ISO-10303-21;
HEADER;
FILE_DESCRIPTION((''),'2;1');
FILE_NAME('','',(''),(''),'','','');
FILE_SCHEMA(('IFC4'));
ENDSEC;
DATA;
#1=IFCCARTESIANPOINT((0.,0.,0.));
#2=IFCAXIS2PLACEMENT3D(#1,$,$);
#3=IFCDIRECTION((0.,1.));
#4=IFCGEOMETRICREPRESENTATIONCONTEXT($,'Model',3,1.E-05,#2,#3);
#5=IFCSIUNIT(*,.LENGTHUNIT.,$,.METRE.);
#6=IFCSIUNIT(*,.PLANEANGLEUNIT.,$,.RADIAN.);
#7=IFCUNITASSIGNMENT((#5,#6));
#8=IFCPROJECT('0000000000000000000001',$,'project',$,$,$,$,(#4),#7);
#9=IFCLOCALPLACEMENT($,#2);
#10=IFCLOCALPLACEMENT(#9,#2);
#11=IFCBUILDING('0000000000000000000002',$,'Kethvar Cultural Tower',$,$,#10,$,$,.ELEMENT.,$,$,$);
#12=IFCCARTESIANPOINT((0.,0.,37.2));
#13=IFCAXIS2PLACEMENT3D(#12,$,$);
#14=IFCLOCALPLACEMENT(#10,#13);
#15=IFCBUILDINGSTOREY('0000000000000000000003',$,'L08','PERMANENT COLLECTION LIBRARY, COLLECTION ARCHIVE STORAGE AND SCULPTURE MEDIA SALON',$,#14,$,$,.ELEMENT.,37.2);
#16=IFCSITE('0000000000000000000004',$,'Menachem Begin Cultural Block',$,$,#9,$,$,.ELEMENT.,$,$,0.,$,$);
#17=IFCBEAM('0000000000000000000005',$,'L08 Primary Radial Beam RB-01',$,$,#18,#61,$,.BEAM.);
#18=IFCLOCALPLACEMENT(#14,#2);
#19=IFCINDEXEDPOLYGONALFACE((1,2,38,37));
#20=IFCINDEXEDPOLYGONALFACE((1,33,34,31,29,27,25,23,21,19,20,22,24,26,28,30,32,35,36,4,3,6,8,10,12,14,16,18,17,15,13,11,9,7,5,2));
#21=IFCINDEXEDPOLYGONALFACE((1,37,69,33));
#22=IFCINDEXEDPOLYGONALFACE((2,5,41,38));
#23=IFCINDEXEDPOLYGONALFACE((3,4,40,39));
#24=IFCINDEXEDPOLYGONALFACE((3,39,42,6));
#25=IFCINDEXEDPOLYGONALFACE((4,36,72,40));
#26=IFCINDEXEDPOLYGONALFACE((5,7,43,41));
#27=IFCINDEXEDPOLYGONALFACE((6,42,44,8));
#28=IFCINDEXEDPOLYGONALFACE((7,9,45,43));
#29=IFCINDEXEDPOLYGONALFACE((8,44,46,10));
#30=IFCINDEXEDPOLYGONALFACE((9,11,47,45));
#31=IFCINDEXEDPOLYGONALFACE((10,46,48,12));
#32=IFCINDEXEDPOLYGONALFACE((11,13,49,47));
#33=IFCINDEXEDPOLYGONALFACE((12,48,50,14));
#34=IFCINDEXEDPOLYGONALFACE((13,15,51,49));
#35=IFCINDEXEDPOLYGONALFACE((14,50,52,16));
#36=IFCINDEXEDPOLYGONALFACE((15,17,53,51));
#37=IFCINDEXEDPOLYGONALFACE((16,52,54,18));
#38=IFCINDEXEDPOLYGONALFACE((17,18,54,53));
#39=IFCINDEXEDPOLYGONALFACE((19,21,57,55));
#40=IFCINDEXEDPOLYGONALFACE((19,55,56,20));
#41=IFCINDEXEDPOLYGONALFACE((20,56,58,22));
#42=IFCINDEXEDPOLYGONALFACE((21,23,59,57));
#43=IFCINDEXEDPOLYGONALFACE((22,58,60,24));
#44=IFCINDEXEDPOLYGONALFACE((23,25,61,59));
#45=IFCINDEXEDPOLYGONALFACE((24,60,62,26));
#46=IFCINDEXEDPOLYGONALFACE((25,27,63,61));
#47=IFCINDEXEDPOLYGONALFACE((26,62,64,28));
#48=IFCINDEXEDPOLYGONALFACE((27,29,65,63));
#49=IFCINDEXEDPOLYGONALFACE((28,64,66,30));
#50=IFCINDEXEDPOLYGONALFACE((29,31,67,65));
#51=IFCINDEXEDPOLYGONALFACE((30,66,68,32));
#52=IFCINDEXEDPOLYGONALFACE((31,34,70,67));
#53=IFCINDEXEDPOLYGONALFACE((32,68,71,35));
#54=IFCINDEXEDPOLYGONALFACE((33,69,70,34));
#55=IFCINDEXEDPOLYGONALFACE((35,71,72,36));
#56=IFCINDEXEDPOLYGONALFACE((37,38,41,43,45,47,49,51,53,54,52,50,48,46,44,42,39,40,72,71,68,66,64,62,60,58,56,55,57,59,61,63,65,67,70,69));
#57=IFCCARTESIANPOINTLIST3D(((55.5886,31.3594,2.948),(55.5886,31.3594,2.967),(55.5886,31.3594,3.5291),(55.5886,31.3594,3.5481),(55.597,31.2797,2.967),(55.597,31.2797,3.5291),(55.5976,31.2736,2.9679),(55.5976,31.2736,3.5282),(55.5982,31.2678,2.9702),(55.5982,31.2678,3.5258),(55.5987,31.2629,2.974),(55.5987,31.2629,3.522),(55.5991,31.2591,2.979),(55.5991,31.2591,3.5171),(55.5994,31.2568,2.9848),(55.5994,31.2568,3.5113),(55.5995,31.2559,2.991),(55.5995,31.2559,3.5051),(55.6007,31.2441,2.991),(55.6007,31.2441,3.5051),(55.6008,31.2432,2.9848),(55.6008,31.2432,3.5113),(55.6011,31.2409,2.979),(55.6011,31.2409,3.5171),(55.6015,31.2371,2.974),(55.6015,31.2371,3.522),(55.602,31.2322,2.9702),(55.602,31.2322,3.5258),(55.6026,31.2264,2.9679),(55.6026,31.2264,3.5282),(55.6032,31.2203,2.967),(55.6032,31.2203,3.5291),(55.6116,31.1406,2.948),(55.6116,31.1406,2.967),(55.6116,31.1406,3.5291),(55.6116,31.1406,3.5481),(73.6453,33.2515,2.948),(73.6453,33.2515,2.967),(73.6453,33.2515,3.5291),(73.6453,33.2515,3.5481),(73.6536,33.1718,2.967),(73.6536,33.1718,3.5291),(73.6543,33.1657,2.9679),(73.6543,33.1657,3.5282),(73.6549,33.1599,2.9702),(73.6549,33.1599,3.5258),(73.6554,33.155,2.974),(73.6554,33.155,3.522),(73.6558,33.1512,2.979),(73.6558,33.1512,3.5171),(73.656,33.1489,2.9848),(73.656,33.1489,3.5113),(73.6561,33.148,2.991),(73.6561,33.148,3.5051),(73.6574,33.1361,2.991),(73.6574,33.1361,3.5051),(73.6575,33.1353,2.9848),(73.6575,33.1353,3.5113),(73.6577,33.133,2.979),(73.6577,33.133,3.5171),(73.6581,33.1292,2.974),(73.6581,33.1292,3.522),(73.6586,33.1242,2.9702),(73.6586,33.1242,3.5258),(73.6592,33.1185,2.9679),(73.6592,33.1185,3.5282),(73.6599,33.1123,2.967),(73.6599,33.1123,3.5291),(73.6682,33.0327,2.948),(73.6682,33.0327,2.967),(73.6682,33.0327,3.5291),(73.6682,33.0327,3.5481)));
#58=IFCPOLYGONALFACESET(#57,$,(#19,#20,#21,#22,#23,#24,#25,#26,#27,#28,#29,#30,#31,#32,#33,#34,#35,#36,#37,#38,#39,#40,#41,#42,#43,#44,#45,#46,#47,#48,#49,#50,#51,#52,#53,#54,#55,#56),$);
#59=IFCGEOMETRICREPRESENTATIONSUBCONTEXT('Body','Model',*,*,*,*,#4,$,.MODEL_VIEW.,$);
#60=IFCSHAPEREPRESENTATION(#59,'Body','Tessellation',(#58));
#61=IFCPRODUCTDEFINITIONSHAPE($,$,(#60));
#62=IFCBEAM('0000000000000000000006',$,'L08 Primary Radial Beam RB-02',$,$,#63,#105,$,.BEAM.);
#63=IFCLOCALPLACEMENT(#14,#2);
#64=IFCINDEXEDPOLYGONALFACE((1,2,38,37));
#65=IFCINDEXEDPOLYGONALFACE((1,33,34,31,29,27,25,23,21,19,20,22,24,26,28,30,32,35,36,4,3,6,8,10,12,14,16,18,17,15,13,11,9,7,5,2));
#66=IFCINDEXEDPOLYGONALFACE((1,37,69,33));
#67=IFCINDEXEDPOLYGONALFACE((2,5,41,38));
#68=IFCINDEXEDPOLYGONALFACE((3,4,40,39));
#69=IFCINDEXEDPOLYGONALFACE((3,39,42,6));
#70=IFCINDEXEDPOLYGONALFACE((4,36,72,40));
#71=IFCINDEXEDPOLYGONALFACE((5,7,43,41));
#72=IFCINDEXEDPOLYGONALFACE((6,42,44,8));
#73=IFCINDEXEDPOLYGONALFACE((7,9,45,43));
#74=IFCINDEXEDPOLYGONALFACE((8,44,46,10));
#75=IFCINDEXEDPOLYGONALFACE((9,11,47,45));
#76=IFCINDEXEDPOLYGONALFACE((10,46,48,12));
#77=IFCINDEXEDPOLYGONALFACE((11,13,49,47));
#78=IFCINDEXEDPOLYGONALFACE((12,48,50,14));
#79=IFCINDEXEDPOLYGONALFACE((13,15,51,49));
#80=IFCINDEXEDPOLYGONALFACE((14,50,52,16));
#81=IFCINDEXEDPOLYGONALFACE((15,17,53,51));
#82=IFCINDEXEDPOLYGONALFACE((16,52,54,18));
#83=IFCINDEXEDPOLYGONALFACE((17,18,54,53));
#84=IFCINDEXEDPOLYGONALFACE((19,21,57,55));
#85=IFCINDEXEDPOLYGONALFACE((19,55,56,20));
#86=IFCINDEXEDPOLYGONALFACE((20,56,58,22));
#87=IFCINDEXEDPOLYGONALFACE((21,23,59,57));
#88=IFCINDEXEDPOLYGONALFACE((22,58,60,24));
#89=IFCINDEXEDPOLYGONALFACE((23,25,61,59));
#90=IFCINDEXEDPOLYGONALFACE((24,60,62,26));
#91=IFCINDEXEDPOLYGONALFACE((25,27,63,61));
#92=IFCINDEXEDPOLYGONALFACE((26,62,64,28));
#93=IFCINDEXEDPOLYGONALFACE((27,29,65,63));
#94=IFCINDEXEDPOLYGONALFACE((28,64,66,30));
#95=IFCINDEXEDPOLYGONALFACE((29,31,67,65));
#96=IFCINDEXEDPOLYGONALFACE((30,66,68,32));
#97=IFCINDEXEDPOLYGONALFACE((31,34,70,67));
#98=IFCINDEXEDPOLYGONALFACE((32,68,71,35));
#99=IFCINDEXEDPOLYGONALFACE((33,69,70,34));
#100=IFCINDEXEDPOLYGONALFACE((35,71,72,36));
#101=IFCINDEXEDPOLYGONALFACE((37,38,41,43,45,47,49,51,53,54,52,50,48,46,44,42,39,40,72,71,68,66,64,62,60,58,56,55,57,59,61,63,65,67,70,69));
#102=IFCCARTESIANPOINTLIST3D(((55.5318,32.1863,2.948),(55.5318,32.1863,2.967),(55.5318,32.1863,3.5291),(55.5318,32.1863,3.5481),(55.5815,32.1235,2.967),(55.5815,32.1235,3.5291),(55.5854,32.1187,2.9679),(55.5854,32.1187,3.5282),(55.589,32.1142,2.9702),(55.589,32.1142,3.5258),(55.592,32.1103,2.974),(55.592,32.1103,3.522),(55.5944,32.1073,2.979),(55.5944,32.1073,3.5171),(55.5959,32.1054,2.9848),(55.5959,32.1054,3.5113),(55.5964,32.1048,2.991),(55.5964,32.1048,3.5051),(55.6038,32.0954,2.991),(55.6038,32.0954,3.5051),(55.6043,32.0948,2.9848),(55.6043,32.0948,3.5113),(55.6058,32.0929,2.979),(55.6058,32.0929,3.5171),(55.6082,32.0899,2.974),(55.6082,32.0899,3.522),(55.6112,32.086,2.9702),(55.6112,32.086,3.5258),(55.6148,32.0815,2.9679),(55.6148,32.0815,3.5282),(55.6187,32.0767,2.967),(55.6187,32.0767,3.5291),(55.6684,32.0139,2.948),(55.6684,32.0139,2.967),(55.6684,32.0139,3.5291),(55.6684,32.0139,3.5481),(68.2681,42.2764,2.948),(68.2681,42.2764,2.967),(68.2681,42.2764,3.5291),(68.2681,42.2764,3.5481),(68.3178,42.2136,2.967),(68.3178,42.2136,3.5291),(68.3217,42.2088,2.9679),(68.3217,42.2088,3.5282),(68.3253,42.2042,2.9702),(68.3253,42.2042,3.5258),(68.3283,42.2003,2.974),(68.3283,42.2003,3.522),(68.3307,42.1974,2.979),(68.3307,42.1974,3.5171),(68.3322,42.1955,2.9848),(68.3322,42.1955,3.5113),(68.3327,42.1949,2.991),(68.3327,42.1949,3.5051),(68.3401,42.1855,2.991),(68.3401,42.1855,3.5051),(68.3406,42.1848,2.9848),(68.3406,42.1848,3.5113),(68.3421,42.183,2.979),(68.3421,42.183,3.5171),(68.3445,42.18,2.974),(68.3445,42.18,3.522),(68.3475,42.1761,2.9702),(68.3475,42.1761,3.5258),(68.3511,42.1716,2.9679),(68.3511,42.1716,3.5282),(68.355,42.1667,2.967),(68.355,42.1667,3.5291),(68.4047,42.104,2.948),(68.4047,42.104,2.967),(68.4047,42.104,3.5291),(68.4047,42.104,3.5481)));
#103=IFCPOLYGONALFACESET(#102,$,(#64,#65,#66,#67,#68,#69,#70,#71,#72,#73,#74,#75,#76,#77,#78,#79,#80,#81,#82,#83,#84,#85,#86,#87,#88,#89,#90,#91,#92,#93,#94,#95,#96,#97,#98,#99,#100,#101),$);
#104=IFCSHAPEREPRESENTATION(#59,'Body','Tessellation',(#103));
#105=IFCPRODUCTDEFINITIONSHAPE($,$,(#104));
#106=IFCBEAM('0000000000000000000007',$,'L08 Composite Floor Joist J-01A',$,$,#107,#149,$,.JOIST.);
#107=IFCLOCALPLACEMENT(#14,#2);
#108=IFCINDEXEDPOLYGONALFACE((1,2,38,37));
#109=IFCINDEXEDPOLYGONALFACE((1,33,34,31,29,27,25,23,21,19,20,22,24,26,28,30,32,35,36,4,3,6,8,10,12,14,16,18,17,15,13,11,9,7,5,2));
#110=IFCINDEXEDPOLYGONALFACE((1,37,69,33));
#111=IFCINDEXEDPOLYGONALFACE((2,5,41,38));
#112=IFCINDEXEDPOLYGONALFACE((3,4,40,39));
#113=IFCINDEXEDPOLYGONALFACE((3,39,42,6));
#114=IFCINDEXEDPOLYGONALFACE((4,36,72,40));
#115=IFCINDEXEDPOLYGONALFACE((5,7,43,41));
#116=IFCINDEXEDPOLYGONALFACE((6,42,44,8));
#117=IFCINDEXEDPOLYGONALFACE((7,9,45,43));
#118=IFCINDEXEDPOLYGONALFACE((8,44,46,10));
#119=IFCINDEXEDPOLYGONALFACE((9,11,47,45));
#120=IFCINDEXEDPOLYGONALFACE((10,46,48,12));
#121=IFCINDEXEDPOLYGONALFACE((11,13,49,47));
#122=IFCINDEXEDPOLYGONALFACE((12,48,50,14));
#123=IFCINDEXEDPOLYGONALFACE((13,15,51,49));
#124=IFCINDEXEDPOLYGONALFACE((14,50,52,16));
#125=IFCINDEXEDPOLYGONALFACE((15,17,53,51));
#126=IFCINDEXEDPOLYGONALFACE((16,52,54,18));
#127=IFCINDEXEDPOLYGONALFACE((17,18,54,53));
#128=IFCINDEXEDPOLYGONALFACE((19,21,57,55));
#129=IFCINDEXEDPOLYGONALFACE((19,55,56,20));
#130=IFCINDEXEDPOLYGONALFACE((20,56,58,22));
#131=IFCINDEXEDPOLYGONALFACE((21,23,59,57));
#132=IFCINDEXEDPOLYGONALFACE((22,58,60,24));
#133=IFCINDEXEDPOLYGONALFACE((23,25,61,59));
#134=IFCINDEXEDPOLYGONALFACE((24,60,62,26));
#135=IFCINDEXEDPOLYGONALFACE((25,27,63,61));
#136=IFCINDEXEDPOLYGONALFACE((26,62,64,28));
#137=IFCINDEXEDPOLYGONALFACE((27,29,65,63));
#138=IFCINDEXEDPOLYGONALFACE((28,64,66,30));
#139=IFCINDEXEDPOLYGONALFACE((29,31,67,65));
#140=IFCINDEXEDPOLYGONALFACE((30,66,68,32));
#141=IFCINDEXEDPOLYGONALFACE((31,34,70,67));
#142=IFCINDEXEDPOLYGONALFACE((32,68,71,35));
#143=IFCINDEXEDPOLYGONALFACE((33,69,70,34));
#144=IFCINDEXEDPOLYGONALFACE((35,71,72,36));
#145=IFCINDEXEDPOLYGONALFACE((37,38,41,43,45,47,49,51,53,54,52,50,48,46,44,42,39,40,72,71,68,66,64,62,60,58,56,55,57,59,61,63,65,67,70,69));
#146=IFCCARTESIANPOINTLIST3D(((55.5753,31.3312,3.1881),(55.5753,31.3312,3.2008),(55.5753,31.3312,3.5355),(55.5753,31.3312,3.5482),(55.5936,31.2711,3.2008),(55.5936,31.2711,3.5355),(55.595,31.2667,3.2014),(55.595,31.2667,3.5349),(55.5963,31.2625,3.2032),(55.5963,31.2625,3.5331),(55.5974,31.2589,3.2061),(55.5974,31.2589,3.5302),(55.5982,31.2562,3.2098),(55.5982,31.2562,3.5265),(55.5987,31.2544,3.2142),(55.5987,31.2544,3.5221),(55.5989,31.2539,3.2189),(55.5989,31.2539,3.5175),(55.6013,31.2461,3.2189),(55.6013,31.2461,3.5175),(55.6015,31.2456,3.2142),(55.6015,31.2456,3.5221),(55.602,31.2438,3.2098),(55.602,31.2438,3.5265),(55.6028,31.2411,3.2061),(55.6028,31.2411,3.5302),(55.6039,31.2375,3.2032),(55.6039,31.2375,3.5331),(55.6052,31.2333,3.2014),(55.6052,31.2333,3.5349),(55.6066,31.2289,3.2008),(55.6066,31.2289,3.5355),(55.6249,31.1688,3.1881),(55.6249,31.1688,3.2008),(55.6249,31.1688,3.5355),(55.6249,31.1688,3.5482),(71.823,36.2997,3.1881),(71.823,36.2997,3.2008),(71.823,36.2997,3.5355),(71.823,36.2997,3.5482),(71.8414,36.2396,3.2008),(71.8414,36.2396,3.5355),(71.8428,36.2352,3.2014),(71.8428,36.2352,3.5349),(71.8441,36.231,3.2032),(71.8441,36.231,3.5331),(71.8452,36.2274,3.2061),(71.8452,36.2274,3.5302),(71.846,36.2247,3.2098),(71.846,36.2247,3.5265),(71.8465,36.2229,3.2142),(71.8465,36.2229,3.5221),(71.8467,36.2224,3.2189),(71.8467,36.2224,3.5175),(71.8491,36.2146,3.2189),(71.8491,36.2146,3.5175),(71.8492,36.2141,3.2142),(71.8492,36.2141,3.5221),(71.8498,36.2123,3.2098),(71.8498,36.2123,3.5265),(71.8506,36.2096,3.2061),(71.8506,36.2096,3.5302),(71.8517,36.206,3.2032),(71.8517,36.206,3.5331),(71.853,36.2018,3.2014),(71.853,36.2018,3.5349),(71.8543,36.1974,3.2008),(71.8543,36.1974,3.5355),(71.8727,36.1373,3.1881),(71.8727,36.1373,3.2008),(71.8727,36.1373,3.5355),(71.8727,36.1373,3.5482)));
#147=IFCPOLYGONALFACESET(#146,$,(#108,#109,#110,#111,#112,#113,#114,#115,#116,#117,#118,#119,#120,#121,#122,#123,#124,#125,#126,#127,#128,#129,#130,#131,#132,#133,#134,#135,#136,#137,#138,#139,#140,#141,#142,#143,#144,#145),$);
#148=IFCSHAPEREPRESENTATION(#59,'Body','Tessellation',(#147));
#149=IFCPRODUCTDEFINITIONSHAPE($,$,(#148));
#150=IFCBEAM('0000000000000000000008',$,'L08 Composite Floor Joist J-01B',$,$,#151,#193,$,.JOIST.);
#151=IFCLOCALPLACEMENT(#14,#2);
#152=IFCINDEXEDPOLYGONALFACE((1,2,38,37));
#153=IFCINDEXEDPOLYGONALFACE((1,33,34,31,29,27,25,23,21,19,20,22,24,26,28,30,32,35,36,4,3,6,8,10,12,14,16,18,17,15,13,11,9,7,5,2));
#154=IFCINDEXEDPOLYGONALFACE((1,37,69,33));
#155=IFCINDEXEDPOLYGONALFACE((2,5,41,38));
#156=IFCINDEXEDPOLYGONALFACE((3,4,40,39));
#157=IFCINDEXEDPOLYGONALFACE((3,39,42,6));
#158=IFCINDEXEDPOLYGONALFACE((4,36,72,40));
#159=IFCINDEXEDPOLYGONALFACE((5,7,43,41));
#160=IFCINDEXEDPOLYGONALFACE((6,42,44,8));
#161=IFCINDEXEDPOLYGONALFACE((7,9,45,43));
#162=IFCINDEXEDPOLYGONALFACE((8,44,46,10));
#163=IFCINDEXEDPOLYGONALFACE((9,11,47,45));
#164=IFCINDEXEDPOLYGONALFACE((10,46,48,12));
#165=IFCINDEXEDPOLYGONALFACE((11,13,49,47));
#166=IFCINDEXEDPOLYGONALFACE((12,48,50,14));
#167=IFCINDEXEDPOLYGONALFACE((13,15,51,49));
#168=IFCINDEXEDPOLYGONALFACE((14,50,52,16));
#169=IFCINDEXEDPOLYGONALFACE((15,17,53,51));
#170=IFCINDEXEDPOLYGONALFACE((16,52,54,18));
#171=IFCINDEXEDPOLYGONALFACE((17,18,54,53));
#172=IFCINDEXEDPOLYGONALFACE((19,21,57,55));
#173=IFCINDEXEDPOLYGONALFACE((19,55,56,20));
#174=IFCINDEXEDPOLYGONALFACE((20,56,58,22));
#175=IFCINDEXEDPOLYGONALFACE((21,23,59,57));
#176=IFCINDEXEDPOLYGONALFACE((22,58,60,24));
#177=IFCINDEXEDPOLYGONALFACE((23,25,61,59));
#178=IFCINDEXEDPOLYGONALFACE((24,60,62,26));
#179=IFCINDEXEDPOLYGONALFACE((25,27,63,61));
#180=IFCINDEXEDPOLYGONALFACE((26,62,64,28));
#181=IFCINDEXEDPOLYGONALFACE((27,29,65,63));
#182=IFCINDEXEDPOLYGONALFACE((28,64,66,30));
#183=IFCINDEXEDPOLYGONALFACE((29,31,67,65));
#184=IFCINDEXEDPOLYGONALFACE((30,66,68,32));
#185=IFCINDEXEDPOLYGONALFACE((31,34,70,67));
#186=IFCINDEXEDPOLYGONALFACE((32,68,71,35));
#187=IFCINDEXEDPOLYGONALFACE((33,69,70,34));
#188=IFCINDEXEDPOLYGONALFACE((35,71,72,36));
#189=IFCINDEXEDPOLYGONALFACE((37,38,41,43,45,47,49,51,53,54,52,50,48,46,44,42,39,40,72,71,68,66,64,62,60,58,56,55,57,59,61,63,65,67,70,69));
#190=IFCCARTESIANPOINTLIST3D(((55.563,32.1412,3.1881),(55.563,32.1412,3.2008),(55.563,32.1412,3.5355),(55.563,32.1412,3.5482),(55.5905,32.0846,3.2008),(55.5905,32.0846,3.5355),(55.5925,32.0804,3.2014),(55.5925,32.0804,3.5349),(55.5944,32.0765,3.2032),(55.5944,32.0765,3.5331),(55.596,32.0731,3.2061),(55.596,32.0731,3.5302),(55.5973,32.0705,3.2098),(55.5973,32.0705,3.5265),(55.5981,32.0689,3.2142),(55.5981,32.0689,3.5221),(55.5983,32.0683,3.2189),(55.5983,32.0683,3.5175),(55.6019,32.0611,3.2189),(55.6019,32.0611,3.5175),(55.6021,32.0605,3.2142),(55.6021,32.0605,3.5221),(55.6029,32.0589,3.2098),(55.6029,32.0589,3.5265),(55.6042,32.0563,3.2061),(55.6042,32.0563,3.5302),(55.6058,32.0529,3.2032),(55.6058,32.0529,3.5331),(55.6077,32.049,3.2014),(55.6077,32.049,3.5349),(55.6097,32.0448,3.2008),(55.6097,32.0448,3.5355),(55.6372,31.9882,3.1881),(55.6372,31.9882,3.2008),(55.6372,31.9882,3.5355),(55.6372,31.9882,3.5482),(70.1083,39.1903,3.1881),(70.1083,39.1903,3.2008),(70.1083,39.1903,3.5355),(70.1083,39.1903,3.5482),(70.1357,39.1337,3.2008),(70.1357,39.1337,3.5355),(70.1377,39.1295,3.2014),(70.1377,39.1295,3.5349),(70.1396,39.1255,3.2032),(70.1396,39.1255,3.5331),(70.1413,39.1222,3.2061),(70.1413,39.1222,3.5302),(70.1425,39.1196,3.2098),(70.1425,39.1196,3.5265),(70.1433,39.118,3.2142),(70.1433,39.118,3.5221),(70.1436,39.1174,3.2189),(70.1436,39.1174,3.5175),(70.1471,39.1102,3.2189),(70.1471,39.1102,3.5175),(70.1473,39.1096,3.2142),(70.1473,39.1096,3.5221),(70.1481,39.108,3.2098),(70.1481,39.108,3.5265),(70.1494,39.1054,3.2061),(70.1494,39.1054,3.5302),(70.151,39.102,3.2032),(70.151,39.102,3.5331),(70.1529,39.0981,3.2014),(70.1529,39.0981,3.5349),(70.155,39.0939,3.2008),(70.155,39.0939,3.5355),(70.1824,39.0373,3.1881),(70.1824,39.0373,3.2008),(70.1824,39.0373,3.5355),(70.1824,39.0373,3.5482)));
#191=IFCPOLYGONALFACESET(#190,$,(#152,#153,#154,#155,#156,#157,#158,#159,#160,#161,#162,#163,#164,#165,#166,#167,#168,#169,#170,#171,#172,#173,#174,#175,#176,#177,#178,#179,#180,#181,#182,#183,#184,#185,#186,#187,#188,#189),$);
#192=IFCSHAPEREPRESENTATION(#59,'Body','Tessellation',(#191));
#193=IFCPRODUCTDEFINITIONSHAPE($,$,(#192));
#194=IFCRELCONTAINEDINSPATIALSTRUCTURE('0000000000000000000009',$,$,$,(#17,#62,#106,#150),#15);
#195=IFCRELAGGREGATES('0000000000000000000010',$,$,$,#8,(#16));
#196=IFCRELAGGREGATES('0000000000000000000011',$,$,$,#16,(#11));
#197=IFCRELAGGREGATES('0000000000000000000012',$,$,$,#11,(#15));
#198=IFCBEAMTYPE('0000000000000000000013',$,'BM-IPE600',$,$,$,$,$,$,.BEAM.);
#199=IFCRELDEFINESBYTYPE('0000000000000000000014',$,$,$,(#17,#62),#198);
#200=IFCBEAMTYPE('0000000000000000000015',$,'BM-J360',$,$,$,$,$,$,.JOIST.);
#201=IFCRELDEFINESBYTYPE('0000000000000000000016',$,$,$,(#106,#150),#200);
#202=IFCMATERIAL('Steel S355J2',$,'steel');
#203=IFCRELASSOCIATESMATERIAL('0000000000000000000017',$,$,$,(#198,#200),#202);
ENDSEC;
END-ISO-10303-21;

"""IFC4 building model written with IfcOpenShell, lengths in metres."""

from ifc_helpers import new_model, si_unit, direction, frame, origin, origin_2d, place, context, subcontext, project, spatial, i_section, extrude, source, transform, mapped, material, material_profile, profile_set, type_object, element, save


model = new_model("IFC4")

# Units and contexts
model_context = context("Model", 3, precision=1e-05, world=origin(), true_north=direction((0.0, 1.0)))
body_context = subcontext(model_context, "Body", "Model", "MODEL_VIEW")
ifc_project = project(units=[si_unit("LENGTHUNIT", "METRE"), si_unit("PLANEANGLEUNIT", "RADIAN")], contexts=[model_context])

# Site, building, storey
site_placement = place(None, origin())
site = spatial("IfcSite", under=ifc_project, at=site_placement, Name="Menachem Begin Cultural Block", CompositionType="ELEMENT", RefElevation=0.0)
building_placement = place(site_placement, origin())
building = spatial("IfcBuilding", under=site, at=building_placement, Name="Kethvar Cultural Tower", CompositionType="ELEMENT")
storey_placement = place(building_placement, frame((0.0, 0.0, 37.2)))
storey = spatial("IfcBuildingStorey", under=building, at=storey_placement, Name="L08", Description="PERMANENT COLLECTION LIBRARY, COLLECTION ARCHIVE STORAGE AND SCULPTURE MEDIA SALON", CompositionType="ELEMENT", Elevation=37.2)

# Beams
ifc_material_1 = material(Name="Steel S355J2", Category="steel")
ifc_material_profile_1 = material_profile(ifc_material_1, i_section(OverallWidth=0.22, OverallDepth=0.6001, WebThickness=0.012, FlangeThickness=0.019, FilletRadius=0.0239, at=origin_2d()), Name="Steel S355J2 — IPE600")
ifc_profile_set_1 = profile_set([ifc_material_profile_1], Name="Steel S355J2 — IPE600")
beam_type_1 = type_object("IfcBeamType", Name="BM-IPE600", PredefinedType="BEAM", material=ifc_profile_set_1)
shared_shape_1 = source(origin(), body_context, "Body", "SweptSolid", [
    extrude(i_section(OverallWidth=0.22, OverallDepth=0.6001, WebThickness=0.012, FlangeThickness=0.019, FilletRadius=0.0239, at=origin_2d()), origin(), (0.0, 0.0, 1.0), 18.1555),
])
beam_1_placement = place(storey_placement, frame((55.6001, 31.25, 3.248), z_axis=(0.994555, 0.104216, 0.0), x_axis=(-0.104216, 0.994555, 0.0)))
element("IfcBeam", 1, at=beam_1_placement, inside=storey, type_object=beam_type_1, Name="L08 Primary Radial Beam RB-01", PredefinedType="BEAM", context=body_context, shape_type="MappedRepresentation", body=[
    mapped(shared_shape_1, transform((0.0, 0.0, 0.0), scale=1.0)),
])
shared_shape_2 = source(origin(), body_context, "Body", "SweptSolid", [
    extrude(i_section(OverallWidth=0.22, OverallDepth=0.6001, WebThickness=0.012, FlangeThickness=0.019, FilletRadius=0.0239, at=origin_2d()), origin(), (0.0, 0.0, 1.0), 16.2488),
])
beam_2_placement = place(storey_placement, frame((55.6001, 32.1001, 3.248), z_axis=(0.783831, 0.620974, 0.0), x_axis=(-0.620974, 0.783831, 0.0)))
element("IfcBeam", 2, at=beam_2_placement, inside=storey, type_object=beam_type_1, Name="L08 Primary Radial Beam RB-02", PredefinedType="BEAM", context=body_context, shape_type="MappedRepresentation", body=[
    mapped(shared_shape_2, transform((0.0, 0.0, 0.0), scale=1.0)),
])
ifc_material_profile_2 = material_profile(ifc_material_1, i_section(OverallWidth=0.1699, OverallDepth=0.3601, WebThickness=0.0081, FlangeThickness=0.0127, FilletRadius=0.0181, at=origin_2d()), Name="Steel S355J2 — IPE360")
ifc_profile_set_2 = profile_set([ifc_material_profile_2], Name="Steel S355J2 — IPE360")
beam_type_2 = type_object("IfcBeamType", Name="BM-J360", PredefinedType="JOIST", material=ifc_profile_set_2)
shared_shape_3 = source(origin(), body_context, "Body", "SweptSolid", [
    extrude(i_section(OverallWidth=0.1699, OverallDepth=0.3601, WebThickness=0.0081, FlangeThickness=0.0127, FilletRadius=0.0181, at=origin_2d()), origin(), (0.0, 0.0, 1.0), 16.9905),
])
beam_3_placement = place(storey_placement, frame((55.6001, 31.25, 3.3682), z_axis=(0.956287, 0.292428, 0.0), x_axis=(-0.292428, 0.956287, 0.0)))
element("IfcBeam", 3, at=beam_3_placement, inside=storey, type_object=beam_type_2, Name="L08 Composite Floor Joist J-01A", PredefinedType="JOIST", context=body_context, shape_type="MappedRepresentation", body=[
    mapped(shared_shape_3, transform((0.0, 0.0, 0.0), scale=1.0)),
])
shared_shape_4 = source(origin(), body_context, "Body", "SweptSolid", [
    extrude(i_section(OverallWidth=0.1699, OverallDepth=0.3601, WebThickness=0.0081, FlangeThickness=0.0127, FilletRadius=0.0181, at=origin_2d()), origin(), (0.0, 0.0, 1.0), 16.1633),
])
beam_4_placement = place(storey_placement, frame((55.6001, 32.0647, 3.3682), z_axis=(0.89989, 0.436117, 0.0), x_axis=(-0.436117, 0.89989, 0.0)))
element("IfcBeam", 4, at=beam_4_placement, inside=storey, type_object=beam_type_2, Name="L08 Composite Floor Joist J-01B", PredefinedType="JOIST", context=body_context, shape_type="MappedRepresentation", body=[
    mapped(shared_shape_4, transform((0.0, 0.0, 0.0), scale=1.0)),
])

save(model, "model.ifc")
